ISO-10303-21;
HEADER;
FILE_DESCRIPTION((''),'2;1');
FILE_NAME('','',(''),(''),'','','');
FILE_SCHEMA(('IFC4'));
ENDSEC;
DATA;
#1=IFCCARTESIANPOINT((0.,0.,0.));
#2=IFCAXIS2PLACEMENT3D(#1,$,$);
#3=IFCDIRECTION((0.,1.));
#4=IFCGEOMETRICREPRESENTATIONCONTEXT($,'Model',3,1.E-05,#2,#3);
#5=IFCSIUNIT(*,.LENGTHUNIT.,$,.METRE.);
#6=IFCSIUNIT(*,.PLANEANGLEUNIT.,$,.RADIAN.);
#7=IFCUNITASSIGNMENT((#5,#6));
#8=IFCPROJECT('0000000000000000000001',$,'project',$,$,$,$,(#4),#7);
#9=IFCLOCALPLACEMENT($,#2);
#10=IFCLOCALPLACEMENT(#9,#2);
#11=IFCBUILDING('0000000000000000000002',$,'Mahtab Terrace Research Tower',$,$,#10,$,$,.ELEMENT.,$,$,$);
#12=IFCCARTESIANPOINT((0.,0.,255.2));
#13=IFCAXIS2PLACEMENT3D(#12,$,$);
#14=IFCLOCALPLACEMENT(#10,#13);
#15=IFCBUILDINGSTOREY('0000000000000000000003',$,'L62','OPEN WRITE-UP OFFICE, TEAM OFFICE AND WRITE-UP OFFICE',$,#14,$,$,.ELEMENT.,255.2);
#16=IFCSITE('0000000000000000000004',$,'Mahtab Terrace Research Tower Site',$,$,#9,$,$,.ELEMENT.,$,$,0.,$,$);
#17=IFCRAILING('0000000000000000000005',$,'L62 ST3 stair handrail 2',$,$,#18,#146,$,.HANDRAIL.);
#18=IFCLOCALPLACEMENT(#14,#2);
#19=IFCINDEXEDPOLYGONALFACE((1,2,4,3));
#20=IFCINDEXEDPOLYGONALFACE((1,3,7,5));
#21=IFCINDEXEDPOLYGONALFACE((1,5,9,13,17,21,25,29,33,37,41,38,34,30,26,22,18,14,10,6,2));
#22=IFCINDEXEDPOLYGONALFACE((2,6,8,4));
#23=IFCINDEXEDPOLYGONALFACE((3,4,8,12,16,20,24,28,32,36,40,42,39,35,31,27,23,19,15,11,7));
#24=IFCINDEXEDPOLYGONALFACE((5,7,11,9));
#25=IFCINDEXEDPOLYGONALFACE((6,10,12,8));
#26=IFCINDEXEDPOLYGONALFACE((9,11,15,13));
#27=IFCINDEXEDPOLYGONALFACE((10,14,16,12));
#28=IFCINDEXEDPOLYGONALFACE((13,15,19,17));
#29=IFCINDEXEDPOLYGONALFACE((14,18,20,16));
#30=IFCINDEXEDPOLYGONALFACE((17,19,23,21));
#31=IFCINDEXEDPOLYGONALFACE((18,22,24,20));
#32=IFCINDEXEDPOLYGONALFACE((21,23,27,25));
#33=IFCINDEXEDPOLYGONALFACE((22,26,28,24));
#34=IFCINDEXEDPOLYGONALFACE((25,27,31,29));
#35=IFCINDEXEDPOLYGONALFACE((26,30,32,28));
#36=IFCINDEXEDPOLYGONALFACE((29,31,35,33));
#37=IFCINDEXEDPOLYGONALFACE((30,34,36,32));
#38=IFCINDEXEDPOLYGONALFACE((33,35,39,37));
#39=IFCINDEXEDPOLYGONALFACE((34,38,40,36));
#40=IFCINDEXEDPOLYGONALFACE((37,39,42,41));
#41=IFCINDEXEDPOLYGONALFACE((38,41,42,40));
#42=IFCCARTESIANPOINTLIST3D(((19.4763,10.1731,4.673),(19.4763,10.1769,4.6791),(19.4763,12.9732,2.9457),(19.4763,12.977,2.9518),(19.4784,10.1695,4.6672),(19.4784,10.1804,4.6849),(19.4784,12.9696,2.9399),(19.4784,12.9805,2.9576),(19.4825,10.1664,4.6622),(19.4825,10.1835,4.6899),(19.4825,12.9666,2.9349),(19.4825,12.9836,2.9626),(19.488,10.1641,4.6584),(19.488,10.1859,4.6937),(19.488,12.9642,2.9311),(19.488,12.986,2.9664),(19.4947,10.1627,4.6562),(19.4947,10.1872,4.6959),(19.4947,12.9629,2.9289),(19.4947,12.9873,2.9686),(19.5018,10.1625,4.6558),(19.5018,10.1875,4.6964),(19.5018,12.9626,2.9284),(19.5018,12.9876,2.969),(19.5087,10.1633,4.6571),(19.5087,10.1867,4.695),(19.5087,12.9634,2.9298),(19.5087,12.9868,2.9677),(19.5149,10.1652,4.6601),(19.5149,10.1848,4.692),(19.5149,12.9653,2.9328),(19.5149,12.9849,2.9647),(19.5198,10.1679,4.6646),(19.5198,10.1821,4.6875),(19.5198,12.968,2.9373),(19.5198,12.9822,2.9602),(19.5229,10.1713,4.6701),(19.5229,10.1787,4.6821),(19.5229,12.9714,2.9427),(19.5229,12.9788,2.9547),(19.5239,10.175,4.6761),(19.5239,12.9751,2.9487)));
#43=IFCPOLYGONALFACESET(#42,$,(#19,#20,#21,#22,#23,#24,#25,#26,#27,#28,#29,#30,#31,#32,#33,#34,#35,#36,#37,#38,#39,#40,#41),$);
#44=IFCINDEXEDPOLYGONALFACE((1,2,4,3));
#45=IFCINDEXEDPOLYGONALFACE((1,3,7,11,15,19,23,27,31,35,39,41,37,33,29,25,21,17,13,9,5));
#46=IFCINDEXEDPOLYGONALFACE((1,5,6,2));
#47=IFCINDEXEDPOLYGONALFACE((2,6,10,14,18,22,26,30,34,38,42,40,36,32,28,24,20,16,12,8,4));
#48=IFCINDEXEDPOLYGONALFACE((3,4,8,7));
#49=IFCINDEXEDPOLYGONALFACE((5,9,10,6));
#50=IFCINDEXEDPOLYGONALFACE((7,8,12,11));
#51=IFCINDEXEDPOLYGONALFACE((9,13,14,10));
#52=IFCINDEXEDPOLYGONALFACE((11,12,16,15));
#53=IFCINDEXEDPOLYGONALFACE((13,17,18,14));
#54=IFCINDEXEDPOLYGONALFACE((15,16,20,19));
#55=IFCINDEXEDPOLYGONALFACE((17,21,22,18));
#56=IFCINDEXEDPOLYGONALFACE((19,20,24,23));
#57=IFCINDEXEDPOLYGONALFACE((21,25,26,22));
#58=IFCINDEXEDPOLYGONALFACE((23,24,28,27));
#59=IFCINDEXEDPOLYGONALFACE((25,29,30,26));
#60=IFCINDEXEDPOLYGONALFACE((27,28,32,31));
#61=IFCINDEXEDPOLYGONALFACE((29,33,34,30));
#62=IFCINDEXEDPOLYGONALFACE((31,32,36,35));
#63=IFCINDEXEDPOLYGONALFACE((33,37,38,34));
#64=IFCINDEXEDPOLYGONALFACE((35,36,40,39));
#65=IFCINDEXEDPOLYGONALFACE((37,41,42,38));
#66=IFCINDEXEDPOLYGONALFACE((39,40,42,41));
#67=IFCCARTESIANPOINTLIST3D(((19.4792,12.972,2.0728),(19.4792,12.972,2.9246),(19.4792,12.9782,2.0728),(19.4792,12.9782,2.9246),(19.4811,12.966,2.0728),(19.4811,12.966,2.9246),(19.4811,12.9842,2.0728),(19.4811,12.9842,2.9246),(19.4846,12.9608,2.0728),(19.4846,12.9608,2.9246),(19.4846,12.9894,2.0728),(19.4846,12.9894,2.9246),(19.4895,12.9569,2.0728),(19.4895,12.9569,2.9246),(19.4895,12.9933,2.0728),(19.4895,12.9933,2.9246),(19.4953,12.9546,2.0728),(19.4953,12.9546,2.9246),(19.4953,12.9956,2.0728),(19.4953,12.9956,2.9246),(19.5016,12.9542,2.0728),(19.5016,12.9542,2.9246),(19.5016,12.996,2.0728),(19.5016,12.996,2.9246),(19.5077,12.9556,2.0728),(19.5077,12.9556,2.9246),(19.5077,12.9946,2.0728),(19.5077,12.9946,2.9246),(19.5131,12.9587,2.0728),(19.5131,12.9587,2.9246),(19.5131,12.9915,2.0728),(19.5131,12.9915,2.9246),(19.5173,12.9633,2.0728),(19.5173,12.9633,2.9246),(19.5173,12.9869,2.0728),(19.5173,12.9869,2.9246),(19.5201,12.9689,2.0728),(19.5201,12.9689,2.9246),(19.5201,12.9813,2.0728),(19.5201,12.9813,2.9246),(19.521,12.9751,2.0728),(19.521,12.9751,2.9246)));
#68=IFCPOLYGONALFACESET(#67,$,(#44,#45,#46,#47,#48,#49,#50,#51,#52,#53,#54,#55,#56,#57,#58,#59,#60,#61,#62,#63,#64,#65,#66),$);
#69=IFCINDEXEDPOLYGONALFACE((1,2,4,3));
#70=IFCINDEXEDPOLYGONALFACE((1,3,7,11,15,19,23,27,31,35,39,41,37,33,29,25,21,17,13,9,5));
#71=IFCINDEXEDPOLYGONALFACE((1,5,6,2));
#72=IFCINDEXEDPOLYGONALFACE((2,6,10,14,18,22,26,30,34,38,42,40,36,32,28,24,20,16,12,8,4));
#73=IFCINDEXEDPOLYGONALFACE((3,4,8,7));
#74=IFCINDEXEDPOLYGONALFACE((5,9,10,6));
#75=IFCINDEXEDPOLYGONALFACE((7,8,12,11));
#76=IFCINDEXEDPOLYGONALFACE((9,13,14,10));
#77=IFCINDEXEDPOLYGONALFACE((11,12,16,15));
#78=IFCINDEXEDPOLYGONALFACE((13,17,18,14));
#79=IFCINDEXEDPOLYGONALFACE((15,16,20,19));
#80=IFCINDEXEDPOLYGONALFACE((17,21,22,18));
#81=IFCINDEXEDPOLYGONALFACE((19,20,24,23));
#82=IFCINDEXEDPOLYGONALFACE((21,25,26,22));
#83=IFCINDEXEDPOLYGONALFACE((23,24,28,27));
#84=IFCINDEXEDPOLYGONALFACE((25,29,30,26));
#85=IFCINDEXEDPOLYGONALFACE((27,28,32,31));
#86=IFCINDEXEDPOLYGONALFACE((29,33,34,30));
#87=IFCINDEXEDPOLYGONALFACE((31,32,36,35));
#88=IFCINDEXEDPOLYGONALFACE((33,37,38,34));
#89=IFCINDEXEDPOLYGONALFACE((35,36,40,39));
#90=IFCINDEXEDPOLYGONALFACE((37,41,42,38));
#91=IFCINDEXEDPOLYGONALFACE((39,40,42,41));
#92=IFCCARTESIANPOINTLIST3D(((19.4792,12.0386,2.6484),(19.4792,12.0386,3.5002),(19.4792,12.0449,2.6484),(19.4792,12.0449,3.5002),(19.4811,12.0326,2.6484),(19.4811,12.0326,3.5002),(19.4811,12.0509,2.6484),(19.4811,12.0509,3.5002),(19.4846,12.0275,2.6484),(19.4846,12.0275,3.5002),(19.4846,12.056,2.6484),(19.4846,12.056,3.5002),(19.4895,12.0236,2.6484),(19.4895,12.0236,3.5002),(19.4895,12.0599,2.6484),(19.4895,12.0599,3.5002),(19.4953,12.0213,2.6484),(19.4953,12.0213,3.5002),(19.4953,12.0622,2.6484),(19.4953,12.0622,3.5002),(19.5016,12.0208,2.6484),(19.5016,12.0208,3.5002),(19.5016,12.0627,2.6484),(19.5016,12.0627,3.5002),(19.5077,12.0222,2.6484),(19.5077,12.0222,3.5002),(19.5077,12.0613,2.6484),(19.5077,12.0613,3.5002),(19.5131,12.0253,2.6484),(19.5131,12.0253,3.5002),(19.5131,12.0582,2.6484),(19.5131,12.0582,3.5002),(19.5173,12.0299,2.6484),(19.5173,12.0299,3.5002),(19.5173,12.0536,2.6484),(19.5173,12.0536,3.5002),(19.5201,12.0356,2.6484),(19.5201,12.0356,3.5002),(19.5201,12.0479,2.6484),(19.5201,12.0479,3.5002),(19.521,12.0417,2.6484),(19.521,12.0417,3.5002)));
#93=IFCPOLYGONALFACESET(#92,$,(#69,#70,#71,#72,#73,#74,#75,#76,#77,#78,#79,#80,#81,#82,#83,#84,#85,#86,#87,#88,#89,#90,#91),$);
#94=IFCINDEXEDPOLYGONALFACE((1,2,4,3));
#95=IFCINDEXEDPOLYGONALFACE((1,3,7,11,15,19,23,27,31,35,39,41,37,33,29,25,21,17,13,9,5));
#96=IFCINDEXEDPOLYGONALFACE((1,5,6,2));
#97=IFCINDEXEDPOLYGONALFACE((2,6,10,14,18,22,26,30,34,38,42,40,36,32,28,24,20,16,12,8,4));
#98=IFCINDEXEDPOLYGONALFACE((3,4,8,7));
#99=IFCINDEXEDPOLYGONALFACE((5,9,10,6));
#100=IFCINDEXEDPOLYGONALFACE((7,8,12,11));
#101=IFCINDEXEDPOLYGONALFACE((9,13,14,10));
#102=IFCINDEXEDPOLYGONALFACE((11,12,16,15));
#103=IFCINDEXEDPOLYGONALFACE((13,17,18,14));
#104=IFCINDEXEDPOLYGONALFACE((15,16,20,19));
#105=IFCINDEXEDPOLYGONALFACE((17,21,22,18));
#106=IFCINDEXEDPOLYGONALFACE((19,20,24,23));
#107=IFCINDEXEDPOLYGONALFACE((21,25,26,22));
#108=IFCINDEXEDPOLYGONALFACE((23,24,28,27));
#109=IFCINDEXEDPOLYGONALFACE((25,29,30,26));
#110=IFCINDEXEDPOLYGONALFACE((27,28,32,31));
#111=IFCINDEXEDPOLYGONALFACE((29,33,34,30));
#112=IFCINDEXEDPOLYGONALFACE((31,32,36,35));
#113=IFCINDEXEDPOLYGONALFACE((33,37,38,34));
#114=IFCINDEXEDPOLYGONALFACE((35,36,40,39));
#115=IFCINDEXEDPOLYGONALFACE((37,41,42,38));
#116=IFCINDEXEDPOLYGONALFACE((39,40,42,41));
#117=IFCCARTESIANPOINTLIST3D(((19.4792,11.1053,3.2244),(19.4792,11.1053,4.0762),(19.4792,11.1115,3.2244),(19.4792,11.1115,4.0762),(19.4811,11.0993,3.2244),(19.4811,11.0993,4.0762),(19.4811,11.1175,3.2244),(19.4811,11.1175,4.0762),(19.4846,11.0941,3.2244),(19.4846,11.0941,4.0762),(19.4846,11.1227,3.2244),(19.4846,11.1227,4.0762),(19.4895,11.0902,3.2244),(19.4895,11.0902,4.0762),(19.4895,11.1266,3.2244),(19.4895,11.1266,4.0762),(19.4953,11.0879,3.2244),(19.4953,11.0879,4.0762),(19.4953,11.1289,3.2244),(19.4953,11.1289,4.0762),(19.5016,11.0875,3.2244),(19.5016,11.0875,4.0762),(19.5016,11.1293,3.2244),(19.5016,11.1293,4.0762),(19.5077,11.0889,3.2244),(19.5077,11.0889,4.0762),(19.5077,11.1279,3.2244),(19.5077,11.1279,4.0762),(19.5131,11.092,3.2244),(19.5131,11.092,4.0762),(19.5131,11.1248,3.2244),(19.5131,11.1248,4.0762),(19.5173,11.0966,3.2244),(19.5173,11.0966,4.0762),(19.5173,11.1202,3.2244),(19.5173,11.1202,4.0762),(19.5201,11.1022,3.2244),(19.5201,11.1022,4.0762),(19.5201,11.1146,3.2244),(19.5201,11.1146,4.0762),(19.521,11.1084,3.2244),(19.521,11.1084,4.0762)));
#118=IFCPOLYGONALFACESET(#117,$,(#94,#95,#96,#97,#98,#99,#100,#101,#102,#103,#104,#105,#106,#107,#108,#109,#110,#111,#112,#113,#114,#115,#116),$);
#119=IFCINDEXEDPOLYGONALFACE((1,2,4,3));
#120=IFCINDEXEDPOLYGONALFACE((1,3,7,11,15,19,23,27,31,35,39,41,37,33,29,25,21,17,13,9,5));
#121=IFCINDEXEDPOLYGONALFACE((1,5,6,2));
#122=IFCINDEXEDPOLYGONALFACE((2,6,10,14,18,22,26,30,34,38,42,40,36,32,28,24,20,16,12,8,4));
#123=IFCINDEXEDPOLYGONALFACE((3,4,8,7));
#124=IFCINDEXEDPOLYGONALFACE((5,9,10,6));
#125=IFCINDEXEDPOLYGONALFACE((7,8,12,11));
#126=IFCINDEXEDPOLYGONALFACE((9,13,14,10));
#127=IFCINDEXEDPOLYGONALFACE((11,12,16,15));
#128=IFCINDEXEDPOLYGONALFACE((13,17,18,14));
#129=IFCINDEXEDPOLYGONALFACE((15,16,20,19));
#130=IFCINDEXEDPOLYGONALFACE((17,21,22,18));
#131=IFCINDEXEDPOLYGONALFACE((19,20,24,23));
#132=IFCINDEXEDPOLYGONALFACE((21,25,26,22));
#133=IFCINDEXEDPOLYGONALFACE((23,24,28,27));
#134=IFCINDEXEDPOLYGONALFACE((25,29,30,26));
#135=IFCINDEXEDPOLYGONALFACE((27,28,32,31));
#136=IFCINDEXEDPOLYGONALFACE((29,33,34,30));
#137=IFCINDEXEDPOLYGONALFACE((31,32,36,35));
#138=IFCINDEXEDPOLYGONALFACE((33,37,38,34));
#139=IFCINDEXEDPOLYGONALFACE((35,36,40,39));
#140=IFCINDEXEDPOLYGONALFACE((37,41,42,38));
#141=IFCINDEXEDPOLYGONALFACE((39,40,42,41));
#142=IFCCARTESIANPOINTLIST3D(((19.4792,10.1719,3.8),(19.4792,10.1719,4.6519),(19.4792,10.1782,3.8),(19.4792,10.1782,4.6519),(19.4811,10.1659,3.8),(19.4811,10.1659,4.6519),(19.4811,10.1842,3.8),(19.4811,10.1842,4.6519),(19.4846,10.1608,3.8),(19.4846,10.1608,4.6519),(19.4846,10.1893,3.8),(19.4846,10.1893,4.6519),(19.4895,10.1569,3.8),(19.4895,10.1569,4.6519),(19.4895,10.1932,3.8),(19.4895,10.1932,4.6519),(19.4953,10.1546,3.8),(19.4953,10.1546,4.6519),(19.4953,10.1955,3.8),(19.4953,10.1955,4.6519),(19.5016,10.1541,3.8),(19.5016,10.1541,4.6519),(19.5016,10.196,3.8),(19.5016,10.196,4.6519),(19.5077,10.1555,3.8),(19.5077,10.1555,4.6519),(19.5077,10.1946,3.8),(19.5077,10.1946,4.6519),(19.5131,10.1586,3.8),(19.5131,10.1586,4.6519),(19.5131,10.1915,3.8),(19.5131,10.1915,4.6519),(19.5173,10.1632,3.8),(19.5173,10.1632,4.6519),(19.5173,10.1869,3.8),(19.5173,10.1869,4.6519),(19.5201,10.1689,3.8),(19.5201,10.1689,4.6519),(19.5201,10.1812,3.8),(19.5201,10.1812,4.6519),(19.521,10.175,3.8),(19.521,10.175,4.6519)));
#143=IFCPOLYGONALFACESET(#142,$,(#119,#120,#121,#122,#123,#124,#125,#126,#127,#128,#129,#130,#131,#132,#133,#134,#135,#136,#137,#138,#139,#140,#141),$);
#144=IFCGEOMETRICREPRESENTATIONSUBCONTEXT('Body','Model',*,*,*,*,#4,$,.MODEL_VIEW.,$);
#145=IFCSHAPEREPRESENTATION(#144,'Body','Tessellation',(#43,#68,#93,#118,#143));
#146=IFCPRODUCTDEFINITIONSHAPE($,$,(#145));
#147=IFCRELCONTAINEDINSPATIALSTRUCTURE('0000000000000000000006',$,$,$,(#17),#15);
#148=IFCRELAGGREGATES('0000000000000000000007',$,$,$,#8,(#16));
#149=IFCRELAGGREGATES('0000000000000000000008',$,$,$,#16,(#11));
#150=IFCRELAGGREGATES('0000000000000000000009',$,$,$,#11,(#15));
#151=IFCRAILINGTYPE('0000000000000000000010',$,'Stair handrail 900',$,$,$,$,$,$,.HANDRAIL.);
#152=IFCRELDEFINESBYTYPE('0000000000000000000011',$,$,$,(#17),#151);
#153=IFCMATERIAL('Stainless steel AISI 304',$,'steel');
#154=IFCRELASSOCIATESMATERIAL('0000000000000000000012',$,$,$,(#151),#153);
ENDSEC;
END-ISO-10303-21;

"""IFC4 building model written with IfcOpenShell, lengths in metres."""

from ifc_helpers import new_model, si_unit, direction, frame, origin, origin_2d, place, context, subcontext, project, spatial, circle, extrude, material, type_object, element, save


model = new_model("IFC4")

# Units and contexts
model_context = context("Model", 3, precision=1e-05, world=origin(), true_north=direction((0.0, 1.0)))
body_context = subcontext(model_context, "Body", "Model", "MODEL_VIEW")
ifc_project = project(units=[si_unit("LENGTHUNIT", "METRE"), si_unit("PLANEANGLEUNIT", "RADIAN")], contexts=[model_context])

# Site, building, storey
site_placement = place(None, origin())
site = spatial("IfcSite", under=ifc_project, at=site_placement, Name="Mahtab Terrace Research Tower Site", CompositionType="ELEMENT", RefElevation=0.0)
building_placement = place(site_placement, origin())
building = spatial("IfcBuilding", under=site, at=building_placement, Name="Mahtab Terrace Research Tower", CompositionType="ELEMENT")
storey_placement = place(building_placement, frame((0.0, 0.0, 255.2)))
storey = spatial("IfcBuildingStorey", under=building, at=storey_placement, Name="L62", Description="OPEN WRITE-UP OFFICE, TEAM OFFICE AND WRITE-UP OFFICE", CompositionType="ELEMENT", Elevation=255.2)

# Railing
ifc_material_1 = material(Name="Stainless steel AISI 304", Category="steel")
railing_type_1 = type_object("IfcRailingType", Name="Stair handrail 900", PredefinedType="HANDRAIL", material=ifc_material_1)
railing_1_placement = place(storey_placement, frame((19.5, 12.9751, 2.0728)))
element("IfcRailing", 1, at=railing_1_placement, inside=storey, type_object=railing_type_1, Name="L62 ST3 stair handrail 2", PredefinedType="HANDRAIL", context=body_context, shape_type="SweptSolid", body=[
    extrude(circle(Radius=0.0239, at=origin_2d()), frame((0.0, 0.0, 0.876), z_axis=(0.0, -0.85109, 0.52502), x_axis=(1.0, 0.0, 0.0)), (0.0, 0.0, 1.0), 3.29),
    extrude(circle(Radius=0.021, at=origin_2d()), origin(), (0.0, 0.0, 1.0), 0.8518),
    extrude(circle(Radius=0.021, at=origin_2d()), frame((0.0, -0.9333, 0.5757)), (0.0, 0.0, 1.0), 0.8518),
    extrude(circle(Radius=0.021, at=origin_2d()), frame((0.0, -1.8667, 1.1516)), (0.0, 0.0, 1.0), 0.8518),
    extrude(circle(Radius=0.021, at=origin_2d()), frame((0.0, -2.8, 1.7273)), (0.0, 0.0, 1.0), 0.8518),
])

save(model, "model.ifc")
